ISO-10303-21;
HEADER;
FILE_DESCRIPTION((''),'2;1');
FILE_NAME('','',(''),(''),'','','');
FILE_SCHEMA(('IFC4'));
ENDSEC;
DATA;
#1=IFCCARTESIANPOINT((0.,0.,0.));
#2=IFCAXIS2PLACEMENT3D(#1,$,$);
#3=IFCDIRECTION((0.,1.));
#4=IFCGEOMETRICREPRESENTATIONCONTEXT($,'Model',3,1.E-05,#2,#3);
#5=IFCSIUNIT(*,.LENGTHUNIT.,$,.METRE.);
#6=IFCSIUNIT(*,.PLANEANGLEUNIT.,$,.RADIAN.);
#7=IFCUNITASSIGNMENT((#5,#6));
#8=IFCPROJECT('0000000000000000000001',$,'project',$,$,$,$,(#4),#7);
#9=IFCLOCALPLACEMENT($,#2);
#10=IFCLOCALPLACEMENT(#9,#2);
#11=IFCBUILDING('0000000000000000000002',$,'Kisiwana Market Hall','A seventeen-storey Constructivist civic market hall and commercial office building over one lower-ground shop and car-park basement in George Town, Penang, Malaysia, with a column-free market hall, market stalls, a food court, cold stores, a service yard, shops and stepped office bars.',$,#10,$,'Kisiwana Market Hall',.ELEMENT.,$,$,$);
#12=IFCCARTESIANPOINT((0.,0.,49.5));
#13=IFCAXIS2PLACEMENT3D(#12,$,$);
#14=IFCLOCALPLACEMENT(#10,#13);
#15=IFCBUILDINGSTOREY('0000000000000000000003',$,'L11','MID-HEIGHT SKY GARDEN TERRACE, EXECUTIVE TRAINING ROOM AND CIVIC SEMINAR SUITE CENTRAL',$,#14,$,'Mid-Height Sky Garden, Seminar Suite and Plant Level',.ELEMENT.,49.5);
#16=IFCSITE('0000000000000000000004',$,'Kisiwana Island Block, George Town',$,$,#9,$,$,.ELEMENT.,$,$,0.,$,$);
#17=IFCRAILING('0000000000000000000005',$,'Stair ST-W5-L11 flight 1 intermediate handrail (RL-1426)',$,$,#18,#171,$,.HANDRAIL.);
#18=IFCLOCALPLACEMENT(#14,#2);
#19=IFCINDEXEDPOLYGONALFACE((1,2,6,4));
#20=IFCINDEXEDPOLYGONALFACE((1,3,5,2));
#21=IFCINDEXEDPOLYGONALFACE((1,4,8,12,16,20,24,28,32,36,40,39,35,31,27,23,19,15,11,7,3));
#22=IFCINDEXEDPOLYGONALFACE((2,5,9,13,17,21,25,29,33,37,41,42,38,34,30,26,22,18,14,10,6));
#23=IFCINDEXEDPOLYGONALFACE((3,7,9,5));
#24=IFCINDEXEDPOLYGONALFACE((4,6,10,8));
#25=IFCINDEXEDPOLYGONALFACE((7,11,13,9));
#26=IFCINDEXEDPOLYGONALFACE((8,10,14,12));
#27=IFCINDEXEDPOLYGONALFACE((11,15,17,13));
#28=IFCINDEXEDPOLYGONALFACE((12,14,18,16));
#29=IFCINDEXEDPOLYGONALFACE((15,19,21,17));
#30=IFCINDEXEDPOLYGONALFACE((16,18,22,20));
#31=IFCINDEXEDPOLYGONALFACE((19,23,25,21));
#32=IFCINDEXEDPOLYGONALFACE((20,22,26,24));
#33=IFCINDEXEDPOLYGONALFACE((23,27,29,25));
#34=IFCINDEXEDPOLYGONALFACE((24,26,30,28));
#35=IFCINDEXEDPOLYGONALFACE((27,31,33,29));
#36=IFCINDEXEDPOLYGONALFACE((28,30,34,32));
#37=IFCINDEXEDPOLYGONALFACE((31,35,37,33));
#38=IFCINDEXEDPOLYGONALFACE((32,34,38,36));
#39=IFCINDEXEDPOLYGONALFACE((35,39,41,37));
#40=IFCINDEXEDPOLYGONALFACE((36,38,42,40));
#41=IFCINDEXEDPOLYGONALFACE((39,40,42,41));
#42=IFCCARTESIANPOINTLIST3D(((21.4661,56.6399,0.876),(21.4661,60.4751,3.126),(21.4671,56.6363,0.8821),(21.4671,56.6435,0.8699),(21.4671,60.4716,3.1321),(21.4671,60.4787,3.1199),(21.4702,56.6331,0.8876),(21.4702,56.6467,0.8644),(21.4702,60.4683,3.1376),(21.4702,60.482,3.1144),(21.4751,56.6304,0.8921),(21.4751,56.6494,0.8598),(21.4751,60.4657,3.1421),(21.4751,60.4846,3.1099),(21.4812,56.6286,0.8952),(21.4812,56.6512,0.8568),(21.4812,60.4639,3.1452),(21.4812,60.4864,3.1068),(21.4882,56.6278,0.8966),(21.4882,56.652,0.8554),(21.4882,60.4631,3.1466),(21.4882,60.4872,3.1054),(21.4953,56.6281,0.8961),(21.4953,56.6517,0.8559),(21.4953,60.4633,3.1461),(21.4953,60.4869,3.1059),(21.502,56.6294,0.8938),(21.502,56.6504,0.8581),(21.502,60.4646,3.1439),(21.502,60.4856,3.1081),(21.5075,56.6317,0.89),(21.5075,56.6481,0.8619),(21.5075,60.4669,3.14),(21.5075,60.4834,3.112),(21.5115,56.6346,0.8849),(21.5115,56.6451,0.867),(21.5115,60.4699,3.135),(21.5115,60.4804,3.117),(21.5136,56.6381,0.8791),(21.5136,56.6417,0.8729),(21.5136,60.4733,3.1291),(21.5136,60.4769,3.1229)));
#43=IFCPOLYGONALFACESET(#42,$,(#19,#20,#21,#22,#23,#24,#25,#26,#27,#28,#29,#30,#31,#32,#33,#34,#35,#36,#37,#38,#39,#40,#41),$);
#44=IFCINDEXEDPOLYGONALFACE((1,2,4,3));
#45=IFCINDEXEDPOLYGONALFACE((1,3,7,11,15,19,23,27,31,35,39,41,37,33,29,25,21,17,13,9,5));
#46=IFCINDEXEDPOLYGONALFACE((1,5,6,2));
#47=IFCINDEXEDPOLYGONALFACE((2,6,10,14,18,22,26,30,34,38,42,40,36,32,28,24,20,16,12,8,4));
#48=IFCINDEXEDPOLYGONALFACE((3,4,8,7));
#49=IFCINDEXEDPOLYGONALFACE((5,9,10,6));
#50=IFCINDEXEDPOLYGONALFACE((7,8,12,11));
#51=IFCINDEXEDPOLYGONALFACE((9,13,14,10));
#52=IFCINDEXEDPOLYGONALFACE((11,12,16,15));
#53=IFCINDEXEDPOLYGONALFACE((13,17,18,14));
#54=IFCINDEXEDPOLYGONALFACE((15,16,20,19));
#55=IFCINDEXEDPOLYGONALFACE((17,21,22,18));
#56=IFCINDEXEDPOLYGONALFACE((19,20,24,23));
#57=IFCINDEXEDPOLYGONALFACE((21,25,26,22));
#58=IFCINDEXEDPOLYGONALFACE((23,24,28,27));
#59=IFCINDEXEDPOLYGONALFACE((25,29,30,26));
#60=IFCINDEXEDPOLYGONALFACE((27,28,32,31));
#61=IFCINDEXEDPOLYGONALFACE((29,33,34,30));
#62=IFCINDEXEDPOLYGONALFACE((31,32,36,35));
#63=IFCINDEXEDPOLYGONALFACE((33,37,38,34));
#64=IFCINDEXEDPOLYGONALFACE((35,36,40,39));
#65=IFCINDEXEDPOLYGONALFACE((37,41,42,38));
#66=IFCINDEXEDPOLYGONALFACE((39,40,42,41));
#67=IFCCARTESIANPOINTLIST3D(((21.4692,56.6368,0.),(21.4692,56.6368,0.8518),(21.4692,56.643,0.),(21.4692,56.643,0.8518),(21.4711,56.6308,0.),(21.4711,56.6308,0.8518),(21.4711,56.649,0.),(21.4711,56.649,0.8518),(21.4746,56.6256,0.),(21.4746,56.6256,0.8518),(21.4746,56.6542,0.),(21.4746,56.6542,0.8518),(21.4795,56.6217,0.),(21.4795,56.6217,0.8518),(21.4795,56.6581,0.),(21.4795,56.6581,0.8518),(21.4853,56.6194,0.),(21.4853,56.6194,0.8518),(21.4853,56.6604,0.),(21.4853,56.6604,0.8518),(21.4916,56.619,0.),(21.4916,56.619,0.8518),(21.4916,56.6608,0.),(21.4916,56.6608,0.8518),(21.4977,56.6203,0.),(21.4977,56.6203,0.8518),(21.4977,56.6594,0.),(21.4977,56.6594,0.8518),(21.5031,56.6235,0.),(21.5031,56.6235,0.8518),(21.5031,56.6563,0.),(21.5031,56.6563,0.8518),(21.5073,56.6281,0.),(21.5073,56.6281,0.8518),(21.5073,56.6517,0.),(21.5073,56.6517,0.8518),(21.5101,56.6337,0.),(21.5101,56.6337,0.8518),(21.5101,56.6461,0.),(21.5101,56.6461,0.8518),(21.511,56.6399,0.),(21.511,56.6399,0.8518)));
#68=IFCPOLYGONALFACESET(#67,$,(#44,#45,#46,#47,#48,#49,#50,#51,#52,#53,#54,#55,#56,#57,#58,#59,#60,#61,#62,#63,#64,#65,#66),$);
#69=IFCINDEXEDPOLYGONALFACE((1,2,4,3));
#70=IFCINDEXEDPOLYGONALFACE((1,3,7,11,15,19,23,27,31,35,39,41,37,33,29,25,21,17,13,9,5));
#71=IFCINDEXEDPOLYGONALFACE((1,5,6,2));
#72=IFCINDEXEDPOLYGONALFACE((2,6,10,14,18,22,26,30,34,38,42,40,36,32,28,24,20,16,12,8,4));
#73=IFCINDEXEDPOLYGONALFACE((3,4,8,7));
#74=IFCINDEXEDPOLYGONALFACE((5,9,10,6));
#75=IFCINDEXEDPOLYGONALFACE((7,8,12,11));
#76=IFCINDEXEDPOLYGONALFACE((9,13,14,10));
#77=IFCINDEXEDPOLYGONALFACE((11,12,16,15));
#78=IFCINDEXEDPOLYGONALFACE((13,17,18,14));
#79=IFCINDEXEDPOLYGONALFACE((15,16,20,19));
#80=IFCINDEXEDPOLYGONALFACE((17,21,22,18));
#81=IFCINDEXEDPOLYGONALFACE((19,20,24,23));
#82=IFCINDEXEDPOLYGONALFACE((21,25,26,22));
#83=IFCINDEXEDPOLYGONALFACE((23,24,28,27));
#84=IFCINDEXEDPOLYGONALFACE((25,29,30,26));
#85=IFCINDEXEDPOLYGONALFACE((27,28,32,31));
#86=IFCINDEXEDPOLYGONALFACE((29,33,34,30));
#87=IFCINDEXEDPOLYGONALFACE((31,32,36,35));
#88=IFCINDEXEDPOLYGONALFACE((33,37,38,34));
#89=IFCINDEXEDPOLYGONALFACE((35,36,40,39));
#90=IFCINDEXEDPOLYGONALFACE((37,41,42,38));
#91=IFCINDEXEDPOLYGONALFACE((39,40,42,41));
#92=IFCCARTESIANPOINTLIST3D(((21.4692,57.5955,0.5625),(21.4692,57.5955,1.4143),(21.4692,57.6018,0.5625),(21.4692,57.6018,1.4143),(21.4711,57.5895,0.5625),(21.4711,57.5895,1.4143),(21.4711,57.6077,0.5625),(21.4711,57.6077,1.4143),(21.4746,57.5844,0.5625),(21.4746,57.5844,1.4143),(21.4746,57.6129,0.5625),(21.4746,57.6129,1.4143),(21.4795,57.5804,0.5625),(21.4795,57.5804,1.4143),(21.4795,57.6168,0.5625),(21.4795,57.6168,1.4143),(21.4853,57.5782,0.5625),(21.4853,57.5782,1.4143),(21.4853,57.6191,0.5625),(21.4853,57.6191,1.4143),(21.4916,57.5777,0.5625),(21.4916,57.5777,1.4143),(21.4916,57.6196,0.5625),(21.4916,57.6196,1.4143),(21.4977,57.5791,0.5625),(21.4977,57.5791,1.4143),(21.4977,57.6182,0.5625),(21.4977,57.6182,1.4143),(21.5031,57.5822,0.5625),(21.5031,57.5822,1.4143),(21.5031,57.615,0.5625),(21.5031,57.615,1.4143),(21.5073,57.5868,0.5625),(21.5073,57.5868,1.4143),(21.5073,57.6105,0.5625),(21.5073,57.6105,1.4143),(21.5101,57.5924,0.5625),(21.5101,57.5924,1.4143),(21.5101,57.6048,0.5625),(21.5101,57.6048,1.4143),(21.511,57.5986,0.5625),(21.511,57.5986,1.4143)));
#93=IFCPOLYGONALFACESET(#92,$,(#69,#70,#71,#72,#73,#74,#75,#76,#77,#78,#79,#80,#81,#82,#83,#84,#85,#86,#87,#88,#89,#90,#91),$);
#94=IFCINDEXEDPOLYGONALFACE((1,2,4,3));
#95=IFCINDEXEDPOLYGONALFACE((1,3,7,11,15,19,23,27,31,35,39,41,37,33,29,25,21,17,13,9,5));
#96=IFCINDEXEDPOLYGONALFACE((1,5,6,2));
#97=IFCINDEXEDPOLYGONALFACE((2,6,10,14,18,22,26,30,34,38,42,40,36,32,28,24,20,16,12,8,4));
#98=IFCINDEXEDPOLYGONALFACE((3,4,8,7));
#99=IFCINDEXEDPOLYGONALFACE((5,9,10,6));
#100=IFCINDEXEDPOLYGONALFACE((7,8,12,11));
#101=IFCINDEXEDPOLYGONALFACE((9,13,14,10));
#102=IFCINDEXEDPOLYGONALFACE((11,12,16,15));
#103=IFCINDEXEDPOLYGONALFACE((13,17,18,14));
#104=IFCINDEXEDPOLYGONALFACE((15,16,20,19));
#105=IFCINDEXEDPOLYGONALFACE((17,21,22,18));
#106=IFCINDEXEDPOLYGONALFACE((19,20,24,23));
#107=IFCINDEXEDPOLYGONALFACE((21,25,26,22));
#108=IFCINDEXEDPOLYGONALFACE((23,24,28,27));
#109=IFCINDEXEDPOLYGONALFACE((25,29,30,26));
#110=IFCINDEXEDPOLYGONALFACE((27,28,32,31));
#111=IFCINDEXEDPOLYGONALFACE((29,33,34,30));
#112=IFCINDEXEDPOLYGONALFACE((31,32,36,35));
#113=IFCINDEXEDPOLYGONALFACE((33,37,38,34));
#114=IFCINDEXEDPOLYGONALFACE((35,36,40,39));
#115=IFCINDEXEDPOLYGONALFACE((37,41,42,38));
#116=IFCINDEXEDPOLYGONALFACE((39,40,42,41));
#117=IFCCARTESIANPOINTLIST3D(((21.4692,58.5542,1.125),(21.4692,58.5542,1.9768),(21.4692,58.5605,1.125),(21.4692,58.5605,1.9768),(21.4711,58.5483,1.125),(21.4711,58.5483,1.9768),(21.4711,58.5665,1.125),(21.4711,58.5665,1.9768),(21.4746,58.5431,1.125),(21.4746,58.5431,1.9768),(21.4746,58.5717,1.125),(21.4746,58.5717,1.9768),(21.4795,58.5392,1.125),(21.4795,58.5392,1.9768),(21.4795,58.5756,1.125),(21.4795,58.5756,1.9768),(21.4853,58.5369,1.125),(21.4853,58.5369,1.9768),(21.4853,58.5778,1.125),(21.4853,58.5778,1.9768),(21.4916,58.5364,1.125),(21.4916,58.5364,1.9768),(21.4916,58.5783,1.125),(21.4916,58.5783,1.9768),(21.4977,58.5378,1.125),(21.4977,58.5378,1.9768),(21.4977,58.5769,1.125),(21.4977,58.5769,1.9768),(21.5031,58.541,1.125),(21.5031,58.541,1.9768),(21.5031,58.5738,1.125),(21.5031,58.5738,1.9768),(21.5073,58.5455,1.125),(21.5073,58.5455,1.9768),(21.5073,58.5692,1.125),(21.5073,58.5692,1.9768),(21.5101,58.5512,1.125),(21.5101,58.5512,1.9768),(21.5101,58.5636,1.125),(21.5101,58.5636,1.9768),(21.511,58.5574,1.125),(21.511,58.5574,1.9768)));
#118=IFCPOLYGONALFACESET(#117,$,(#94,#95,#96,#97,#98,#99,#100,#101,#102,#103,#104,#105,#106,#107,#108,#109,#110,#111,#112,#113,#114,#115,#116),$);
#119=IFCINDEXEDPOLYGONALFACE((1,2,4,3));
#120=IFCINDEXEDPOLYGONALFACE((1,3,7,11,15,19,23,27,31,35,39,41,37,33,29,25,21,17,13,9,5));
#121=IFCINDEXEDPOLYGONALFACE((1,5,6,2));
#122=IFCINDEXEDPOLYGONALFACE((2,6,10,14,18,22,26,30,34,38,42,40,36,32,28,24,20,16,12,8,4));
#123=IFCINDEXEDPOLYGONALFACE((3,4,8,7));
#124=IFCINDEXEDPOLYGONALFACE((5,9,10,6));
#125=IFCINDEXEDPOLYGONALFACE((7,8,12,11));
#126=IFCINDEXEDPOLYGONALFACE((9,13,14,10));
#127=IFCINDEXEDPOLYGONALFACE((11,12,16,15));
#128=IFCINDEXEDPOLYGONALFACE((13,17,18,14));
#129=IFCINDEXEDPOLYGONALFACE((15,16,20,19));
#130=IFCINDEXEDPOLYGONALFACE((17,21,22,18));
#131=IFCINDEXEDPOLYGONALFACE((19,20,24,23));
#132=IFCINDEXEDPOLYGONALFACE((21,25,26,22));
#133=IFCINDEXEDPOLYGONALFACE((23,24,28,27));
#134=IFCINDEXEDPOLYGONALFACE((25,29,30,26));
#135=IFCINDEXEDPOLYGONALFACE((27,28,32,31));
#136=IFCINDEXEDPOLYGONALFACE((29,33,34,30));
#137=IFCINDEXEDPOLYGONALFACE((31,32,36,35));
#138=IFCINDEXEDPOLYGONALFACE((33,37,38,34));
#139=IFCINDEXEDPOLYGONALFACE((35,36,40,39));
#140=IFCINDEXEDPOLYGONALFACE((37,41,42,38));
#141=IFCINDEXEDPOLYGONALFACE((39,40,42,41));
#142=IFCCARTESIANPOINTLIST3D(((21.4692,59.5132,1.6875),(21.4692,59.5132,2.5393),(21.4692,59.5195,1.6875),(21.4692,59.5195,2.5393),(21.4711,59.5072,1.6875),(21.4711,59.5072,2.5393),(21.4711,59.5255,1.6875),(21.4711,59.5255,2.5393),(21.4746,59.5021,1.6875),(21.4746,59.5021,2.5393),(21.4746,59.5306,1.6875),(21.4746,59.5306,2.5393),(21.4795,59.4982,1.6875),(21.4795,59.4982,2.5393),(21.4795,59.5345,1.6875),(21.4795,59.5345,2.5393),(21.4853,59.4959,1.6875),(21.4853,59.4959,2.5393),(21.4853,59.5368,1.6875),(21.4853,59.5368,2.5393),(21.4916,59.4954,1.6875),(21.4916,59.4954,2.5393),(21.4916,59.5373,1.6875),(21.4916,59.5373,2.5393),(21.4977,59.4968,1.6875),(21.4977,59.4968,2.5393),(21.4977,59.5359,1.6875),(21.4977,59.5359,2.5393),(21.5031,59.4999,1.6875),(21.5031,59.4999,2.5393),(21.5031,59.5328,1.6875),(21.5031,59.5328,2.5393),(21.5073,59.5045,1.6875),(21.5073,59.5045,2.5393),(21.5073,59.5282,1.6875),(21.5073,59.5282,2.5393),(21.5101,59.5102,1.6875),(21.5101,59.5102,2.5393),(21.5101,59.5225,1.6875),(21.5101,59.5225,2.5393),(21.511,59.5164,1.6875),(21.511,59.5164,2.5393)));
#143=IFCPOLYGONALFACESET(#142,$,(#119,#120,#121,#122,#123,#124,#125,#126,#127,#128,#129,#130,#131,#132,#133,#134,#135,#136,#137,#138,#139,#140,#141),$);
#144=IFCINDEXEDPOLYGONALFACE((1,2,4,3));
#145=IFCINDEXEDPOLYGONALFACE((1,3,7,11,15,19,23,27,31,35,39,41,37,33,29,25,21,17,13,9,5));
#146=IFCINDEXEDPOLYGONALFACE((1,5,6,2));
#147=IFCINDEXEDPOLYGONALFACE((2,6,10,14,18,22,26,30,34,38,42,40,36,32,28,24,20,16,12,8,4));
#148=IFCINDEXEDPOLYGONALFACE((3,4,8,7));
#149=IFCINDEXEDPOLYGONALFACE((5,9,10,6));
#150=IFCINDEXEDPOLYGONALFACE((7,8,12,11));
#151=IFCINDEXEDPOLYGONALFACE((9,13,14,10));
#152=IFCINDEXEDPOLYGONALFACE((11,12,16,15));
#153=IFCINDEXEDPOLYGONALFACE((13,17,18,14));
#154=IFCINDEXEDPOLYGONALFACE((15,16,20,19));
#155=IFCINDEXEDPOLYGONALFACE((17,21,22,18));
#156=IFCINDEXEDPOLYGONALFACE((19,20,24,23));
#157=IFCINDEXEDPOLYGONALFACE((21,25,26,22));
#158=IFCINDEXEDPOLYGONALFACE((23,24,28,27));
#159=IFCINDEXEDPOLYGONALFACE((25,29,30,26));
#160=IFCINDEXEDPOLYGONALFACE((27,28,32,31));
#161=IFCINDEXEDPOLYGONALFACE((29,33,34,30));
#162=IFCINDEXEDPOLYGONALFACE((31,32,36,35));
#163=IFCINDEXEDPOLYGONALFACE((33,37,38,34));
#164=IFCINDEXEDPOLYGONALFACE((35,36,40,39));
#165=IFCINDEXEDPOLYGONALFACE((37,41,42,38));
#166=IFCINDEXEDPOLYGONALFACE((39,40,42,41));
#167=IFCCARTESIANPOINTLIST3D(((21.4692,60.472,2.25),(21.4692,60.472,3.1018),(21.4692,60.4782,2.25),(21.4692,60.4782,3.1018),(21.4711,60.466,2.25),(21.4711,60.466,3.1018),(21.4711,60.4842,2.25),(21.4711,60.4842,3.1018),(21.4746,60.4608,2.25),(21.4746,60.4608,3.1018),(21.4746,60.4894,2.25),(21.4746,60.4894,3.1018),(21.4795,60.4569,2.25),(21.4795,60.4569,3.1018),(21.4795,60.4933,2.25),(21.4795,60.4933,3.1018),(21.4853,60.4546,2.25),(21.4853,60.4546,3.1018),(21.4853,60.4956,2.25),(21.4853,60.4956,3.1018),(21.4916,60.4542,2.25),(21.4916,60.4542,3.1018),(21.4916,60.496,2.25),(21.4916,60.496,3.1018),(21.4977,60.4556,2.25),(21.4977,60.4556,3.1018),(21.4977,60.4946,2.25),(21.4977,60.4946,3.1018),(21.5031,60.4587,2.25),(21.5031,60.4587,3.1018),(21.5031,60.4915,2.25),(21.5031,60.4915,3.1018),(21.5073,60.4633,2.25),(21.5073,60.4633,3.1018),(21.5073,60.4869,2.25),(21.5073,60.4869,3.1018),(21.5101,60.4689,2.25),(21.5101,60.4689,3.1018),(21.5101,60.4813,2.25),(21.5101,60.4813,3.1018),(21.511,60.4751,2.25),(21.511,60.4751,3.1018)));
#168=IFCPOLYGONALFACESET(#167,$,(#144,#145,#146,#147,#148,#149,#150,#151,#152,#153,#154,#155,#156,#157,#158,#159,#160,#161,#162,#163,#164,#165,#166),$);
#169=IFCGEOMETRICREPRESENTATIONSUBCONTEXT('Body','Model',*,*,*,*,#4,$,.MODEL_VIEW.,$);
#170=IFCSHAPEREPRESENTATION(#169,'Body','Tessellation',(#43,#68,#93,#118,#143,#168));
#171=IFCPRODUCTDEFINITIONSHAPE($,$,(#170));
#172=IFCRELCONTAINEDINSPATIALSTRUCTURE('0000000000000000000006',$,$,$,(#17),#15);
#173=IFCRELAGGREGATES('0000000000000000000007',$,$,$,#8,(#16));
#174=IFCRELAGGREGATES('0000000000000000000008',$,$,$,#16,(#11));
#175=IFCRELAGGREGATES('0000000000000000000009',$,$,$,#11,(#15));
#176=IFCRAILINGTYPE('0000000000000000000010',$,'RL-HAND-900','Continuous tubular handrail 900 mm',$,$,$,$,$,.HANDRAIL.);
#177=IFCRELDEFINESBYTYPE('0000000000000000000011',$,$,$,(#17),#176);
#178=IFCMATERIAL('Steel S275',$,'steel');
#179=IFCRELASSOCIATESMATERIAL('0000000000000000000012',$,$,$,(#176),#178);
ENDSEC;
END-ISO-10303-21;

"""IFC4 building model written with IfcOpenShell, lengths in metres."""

from ifc_helpers import new_model, si_unit, direction, frame, origin, origin_2d, place, context, subcontext, project, spatial, circle, extrude, material, type_object, element, save


model = new_model("IFC4")

# Units and contexts
model_context = context("Model", 3, precision=1e-05, world=origin(), true_north=direction((0.0, 1.0)))
body_context = subcontext(model_context, "Body", "Model", "MODEL_VIEW")
ifc_project = project(units=[si_unit("LENGTHUNIT", "METRE"), si_unit("PLANEANGLEUNIT", "RADIAN")], contexts=[model_context])

# Site, building, storey
site_placement = place(None, origin())
site = spatial("IfcSite", under=ifc_project, at=site_placement, Name="Kisiwana Island Block, George Town", CompositionType="ELEMENT", RefElevation=0.0)
building_placement = place(site_placement, origin())
building = spatial("IfcBuilding", under=site, at=building_placement, Name="Kisiwana Market Hall", Description="A seventeen-storey Constructivist civic market hall and commercial office building over one lower-ground shop and car-park basement in George Town, Penang, Malaysia, with a column-free market hall, market stalls, a food court, cold stores, a service yard, shops and stepped office bars.", LongName="Kisiwana Market Hall", CompositionType="ELEMENT")
storey_placement = place(building_placement, frame((0.0, 0.0, 49.5)))
storey = spatial("IfcBuildingStorey", under=building, at=storey_placement, Name="L11", Description="MID-HEIGHT SKY GARDEN TERRACE, EXECUTIVE TRAINING ROOM AND CIVIC SEMINAR SUITE CENTRAL", LongName="Mid-Height Sky Garden, Seminar Suite and Plant Level", CompositionType="ELEMENT", Elevation=49.5)

# Railing
ifc_material_1 = material(Name="Steel S275", Category="steel")
railing_type_1 = type_object("IfcRailingType", Name="RL-HAND-900", Description="Continuous tubular handrail 900 mm", PredefinedType="HANDRAIL", material=ifc_material_1)
railing_1_placement = place(storey_placement, frame((21.49, 56.6399, 0.0)))
element("IfcRailing", 1, at=railing_1_placement, inside=storey, type_object=railing_type_1, Name="Stair ST-W5-L11 flight 1 intermediate handrail (RL-1426)", PredefinedType="HANDRAIL", context=body_context, shape_type="SweptSolid", body=[
    extrude(circle(Radius=0.0239, at=origin_2d()), frame((0.0, 0.0, 0.876), z_axis=(0.0, 0.862524, 0.506017), x_axis=(-1.0, 0.0, 0.0)), (0.0, 0.0, 1.0), 4.4465),
    extrude(circle(Radius=0.021, at=origin_2d()), origin(), (0.0, 0.0, 1.0), 0.8518),
    extrude(circle(Radius=0.021, at=origin_2d()), frame((0.0, 0.9587, 0.5625)), (0.0, 0.0, 1.0), 0.8518),
    extrude(circle(Radius=0.021, at=origin_2d()), frame((0.0, 1.9175, 1.125)), (0.0, 0.0, 1.0), 0.8518),
    extrude(circle(Radius=0.021, at=origin_2d()), frame((0.0, 2.8765, 1.6875)), (0.0, 0.0, 1.0), 0.8518),
    extrude(circle(Radius=0.021, at=origin_2d()), frame((0.0, 3.8352, 2.25)), (0.0, 0.0, 1.0), 0.8518),
])

save(model, "model.ifc")
